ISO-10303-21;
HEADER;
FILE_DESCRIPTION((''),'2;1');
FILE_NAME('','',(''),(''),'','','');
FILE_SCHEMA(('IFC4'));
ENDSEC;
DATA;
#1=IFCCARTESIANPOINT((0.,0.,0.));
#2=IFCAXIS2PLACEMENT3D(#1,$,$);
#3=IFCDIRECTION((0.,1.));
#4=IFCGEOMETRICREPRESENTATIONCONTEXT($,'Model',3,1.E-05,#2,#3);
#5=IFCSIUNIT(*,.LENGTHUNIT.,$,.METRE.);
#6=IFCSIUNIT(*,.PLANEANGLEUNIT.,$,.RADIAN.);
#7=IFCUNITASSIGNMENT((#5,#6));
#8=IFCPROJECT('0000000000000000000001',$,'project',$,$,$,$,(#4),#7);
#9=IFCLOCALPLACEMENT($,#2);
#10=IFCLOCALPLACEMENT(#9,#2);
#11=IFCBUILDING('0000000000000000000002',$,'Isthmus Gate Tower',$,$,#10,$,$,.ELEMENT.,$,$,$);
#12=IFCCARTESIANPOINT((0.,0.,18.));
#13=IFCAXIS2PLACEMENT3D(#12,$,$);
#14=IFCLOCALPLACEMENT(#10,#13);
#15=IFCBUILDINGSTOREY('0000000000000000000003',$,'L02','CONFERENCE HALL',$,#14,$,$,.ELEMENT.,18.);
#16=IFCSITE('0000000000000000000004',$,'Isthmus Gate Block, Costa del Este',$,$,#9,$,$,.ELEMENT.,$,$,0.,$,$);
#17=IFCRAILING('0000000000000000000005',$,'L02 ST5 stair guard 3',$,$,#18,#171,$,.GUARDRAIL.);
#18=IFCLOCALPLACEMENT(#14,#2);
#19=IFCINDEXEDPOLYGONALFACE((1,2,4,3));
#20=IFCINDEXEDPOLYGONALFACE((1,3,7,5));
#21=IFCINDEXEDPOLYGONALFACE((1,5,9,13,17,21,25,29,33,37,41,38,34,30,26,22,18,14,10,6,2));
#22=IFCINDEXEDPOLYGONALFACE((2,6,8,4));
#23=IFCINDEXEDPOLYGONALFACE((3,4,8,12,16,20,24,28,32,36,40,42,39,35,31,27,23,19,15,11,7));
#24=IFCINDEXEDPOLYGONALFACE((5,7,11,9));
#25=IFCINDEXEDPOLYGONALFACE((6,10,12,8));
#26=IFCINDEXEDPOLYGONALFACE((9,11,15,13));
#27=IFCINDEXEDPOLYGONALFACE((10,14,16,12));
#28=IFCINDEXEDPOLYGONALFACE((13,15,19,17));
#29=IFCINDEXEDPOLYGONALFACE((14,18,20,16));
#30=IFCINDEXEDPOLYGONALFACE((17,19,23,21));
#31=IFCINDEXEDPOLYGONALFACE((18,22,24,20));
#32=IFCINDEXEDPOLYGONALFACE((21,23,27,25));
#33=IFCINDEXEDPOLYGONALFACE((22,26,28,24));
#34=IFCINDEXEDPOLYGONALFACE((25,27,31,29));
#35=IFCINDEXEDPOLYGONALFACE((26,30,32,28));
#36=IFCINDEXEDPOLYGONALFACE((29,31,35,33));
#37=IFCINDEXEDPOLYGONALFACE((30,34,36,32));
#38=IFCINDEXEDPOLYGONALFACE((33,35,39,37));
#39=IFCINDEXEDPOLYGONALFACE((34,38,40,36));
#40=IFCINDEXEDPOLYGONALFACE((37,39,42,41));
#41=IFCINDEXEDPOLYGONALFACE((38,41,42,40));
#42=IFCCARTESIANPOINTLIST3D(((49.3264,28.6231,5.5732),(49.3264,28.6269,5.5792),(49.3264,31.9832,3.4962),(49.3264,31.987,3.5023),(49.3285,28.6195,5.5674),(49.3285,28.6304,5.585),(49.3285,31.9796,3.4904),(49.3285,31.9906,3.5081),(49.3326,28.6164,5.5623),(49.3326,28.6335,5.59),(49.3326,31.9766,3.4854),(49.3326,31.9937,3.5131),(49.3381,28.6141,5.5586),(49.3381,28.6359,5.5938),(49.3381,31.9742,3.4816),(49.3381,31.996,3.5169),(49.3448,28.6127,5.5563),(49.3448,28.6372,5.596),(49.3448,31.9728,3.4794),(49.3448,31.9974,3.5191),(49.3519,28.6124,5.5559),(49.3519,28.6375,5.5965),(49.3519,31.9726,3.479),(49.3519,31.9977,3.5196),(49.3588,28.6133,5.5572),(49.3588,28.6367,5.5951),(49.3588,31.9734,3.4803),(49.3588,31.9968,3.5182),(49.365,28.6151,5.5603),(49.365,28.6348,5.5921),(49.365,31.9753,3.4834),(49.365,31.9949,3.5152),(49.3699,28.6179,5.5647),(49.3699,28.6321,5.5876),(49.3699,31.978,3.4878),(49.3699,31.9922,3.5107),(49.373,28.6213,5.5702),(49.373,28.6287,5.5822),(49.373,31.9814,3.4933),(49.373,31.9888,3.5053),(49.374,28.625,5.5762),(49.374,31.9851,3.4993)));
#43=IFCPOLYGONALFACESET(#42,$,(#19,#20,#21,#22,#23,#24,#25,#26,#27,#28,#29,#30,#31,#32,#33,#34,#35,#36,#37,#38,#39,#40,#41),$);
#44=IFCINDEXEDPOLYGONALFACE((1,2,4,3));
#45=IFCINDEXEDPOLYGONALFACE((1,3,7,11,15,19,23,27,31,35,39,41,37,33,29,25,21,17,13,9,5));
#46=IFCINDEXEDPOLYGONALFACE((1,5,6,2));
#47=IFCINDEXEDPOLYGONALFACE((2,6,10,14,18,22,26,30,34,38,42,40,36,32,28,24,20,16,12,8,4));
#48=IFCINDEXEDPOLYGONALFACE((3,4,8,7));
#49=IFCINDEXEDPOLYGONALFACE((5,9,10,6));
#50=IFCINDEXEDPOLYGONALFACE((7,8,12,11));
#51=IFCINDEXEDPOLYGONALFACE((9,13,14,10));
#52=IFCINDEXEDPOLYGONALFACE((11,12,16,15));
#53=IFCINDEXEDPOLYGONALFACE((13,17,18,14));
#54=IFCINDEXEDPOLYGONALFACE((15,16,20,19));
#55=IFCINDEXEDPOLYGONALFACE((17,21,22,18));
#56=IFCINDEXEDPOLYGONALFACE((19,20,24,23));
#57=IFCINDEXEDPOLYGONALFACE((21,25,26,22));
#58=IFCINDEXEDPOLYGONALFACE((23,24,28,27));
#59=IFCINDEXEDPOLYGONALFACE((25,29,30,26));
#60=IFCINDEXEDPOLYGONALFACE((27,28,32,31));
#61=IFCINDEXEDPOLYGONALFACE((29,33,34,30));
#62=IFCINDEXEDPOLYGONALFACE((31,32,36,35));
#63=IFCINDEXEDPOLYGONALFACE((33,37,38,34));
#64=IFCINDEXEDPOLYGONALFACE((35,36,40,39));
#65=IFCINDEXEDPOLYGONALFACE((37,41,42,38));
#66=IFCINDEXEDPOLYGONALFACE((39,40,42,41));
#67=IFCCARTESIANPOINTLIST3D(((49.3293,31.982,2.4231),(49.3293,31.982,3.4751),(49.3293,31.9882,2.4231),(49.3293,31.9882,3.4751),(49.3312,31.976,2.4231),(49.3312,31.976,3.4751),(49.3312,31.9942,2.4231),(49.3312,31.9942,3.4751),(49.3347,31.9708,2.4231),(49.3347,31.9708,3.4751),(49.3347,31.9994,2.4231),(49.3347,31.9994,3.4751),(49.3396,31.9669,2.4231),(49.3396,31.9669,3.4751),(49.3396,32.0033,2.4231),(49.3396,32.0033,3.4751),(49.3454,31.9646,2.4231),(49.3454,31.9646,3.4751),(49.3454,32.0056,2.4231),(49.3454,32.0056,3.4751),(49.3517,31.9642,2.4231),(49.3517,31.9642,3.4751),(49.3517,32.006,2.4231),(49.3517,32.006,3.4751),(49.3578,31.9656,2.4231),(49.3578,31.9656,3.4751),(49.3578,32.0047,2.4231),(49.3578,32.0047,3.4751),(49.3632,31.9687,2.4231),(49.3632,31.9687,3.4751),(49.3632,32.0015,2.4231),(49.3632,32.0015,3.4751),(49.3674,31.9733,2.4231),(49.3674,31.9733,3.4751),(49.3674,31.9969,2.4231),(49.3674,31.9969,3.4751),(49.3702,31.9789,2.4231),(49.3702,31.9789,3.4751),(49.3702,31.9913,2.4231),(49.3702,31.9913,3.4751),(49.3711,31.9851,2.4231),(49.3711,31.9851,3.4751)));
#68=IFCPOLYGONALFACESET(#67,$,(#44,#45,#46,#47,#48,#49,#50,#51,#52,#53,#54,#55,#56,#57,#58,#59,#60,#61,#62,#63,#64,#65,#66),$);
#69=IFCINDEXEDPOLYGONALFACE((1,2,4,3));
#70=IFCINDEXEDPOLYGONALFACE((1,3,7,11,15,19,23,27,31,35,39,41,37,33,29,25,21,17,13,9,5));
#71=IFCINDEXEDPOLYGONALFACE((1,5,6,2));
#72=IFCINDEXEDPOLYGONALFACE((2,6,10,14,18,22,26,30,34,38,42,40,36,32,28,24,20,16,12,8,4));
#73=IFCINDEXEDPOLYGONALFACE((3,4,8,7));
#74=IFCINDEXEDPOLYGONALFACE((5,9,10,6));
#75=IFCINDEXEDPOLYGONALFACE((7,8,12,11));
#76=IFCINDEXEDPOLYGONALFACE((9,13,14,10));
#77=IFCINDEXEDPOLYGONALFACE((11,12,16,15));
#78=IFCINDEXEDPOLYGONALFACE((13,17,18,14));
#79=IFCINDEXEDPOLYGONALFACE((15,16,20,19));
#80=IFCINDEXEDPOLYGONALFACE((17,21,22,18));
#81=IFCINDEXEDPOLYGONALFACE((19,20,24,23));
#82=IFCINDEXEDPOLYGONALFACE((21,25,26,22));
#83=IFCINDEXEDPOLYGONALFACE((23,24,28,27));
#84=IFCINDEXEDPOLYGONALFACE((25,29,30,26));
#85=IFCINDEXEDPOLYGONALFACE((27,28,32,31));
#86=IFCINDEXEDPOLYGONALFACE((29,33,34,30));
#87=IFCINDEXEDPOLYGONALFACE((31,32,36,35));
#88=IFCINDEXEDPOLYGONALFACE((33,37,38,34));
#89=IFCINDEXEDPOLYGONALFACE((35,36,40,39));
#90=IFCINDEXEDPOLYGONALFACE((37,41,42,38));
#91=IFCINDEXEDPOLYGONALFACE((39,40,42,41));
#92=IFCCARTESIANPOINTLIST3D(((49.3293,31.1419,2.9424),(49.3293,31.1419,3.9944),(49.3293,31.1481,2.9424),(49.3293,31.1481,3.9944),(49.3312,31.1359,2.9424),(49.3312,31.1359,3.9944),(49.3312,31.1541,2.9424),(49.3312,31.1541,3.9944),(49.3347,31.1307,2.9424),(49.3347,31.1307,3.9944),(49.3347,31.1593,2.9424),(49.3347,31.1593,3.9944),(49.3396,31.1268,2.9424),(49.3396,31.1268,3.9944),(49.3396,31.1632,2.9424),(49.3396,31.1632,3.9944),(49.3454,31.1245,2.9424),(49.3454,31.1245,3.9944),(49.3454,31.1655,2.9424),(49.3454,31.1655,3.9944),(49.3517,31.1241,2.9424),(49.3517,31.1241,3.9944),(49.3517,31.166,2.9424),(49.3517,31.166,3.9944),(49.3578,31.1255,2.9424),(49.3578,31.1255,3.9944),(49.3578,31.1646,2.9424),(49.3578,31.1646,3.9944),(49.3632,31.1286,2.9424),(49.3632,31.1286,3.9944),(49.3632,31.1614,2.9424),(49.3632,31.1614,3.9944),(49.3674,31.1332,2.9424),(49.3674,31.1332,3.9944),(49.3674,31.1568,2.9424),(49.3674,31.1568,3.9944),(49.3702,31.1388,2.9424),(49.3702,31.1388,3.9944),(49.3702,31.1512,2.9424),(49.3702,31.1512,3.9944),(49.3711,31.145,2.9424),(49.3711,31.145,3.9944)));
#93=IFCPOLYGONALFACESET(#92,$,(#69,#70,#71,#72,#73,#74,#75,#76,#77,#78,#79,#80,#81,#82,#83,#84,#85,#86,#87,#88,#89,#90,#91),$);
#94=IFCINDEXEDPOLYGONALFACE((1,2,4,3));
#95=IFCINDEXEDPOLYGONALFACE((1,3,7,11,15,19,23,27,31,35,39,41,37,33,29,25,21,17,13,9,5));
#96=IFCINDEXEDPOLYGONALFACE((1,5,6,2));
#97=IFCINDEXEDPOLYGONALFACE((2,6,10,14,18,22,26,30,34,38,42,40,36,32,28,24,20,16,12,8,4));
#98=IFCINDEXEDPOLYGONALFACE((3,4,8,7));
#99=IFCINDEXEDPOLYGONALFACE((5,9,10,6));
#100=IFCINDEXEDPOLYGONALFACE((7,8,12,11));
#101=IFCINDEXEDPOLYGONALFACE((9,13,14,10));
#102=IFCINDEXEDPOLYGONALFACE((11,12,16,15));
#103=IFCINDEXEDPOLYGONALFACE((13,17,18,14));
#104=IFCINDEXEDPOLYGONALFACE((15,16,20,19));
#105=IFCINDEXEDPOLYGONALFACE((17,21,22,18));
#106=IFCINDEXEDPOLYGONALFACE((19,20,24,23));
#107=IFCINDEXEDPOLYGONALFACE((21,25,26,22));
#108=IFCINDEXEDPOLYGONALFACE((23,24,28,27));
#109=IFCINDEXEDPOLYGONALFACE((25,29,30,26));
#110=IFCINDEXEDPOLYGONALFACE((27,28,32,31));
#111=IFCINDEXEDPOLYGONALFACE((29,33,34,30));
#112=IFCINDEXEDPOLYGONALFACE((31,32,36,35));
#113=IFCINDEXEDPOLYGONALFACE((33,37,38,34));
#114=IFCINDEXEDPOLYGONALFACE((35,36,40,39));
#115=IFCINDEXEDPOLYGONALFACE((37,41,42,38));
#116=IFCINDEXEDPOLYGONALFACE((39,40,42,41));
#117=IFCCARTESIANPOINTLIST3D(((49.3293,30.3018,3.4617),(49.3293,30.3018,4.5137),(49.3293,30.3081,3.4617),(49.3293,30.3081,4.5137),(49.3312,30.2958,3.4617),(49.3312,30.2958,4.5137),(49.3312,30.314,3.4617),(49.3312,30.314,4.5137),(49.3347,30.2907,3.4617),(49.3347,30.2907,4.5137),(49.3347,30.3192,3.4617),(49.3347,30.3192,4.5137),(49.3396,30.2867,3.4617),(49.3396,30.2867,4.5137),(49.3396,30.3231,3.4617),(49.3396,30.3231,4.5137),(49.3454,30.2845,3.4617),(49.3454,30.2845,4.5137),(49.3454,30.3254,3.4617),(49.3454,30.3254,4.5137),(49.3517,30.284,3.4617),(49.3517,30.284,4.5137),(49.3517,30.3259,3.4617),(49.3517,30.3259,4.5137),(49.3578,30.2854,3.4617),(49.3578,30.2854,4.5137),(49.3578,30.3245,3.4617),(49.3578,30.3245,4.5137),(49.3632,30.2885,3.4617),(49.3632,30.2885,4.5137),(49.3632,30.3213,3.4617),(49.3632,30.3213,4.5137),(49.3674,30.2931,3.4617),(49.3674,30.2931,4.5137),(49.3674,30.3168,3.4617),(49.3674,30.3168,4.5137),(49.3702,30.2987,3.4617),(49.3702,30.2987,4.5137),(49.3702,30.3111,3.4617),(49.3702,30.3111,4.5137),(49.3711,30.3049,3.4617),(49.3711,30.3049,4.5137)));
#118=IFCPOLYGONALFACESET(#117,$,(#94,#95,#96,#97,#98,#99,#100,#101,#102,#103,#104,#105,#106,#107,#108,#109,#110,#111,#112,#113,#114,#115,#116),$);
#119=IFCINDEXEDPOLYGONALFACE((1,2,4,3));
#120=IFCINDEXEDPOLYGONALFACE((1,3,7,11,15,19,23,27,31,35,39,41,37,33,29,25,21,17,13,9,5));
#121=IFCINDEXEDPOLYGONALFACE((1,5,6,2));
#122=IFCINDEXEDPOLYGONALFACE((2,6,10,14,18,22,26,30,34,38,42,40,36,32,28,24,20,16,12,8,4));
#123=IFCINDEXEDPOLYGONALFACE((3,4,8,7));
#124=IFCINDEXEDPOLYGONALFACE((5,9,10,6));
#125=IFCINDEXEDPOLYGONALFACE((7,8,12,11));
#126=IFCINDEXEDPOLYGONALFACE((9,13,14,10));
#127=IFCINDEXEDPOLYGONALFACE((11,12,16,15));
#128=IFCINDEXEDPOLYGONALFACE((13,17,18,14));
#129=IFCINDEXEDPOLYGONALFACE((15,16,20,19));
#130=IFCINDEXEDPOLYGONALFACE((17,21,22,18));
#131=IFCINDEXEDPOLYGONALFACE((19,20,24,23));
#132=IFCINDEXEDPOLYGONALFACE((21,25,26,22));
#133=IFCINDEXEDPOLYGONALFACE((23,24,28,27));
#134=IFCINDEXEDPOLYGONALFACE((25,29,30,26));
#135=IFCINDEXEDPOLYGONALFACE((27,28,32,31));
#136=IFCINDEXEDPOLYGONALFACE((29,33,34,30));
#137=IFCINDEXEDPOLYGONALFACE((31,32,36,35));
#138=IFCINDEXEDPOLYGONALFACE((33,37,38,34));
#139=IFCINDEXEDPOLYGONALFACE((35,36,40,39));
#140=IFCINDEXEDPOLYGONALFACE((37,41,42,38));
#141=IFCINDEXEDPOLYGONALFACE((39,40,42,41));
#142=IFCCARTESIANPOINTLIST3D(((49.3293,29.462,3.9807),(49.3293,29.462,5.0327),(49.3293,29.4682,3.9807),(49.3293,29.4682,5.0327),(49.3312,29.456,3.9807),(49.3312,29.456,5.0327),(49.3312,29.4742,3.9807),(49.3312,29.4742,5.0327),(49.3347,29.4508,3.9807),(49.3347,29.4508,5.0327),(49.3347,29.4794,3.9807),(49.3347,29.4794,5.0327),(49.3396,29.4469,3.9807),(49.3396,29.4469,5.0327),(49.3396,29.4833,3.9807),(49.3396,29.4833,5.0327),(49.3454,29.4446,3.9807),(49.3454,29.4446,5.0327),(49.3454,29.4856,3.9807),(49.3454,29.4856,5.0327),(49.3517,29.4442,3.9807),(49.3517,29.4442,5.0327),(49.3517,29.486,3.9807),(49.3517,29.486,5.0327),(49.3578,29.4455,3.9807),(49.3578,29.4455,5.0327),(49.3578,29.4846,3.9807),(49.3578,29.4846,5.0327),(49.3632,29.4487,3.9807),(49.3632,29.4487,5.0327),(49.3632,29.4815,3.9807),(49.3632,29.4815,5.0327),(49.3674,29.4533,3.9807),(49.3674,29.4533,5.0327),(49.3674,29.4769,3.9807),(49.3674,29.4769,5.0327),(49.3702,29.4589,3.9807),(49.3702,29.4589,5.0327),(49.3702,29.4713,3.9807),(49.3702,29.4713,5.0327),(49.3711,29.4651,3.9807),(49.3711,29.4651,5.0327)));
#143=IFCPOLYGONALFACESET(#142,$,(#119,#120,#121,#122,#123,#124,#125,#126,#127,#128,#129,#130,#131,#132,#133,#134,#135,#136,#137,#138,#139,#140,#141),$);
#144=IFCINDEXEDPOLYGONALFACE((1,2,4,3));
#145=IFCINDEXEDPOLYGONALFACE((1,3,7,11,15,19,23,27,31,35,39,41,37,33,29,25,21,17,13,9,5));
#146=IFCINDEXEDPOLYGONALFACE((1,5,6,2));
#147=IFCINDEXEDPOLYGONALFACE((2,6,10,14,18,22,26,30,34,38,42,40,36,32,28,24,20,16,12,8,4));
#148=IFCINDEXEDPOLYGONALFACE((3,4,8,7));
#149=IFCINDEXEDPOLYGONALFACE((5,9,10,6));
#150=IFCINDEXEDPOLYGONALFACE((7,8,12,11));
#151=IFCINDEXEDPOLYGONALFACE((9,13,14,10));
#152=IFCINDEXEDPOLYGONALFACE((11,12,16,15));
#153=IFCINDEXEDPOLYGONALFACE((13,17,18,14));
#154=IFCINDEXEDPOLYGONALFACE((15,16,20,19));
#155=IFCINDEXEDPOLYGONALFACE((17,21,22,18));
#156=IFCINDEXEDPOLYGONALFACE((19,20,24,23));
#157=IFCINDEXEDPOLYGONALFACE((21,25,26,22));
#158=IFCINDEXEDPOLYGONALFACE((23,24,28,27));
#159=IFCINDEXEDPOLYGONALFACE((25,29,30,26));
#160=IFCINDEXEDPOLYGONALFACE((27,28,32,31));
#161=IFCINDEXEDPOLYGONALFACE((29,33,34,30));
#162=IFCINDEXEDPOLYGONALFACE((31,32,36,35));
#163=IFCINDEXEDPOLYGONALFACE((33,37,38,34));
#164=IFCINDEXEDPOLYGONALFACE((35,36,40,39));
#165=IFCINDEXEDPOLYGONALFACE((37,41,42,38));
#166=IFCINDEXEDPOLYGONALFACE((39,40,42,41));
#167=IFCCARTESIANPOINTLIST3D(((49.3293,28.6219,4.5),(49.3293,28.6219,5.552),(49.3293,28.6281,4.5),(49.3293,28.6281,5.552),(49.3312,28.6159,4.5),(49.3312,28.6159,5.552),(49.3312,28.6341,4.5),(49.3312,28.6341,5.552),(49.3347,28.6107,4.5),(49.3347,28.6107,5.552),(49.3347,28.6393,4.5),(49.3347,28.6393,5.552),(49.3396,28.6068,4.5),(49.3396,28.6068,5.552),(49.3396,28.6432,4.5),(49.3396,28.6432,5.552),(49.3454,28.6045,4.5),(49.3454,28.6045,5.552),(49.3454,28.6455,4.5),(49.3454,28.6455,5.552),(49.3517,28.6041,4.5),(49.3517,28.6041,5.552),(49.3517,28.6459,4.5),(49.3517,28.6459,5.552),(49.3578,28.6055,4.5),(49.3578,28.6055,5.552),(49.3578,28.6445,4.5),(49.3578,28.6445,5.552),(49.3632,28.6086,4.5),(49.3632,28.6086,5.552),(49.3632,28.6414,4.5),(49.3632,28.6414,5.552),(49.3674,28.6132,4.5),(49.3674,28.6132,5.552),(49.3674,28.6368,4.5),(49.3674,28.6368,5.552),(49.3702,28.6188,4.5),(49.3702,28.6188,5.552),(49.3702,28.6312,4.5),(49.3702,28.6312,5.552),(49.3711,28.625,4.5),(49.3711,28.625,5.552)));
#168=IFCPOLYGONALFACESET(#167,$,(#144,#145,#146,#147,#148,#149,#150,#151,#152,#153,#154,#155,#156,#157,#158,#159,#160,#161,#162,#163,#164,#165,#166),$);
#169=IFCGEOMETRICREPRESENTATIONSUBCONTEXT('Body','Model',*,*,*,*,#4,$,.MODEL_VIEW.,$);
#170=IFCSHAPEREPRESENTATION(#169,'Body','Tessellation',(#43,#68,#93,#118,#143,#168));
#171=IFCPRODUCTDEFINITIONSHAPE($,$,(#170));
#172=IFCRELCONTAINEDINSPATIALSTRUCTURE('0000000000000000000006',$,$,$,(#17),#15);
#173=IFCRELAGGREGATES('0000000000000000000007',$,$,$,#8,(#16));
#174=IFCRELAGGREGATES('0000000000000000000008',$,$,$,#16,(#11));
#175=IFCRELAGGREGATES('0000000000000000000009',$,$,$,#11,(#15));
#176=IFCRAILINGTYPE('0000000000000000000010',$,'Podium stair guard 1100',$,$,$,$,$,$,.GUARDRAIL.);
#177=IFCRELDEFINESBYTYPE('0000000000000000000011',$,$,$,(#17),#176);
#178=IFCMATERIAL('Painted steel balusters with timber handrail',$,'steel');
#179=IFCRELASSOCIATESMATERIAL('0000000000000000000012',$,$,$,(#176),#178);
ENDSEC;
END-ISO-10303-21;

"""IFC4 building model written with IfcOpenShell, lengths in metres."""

from ifc_helpers import new_model, si_unit, direction, frame, origin, origin_2d, place, context, subcontext, project, spatial, circle, extrude, material, type_object, element, save


model = new_model("IFC4")

# Units and contexts
model_context = context("Model", 3, precision=1e-05, world=origin(), true_north=direction((0.0, 1.0)))
body_context = subcontext(model_context, "Body", "Model", "MODEL_VIEW")
ifc_project = project(units=[si_unit("LENGTHUNIT", "METRE"), si_unit("PLANEANGLEUNIT", "RADIAN")], contexts=[model_context])

# Site, building, storey
site_placement = place(None, origin())
site = spatial("IfcSite", under=ifc_project, at=site_placement, Name="Isthmus Gate Block, Costa del Este", CompositionType="ELEMENT", RefElevation=0.0)
building_placement = place(site_placement, origin())
building = spatial("IfcBuilding", under=site, at=building_placement, Name="Isthmus Gate Tower", CompositionType="ELEMENT")
storey_placement = place(building_placement, frame((0.0, 0.0, 18.0)))
storey = spatial("IfcBuildingStorey", under=building, at=storey_placement, Name="L02", Description="CONFERENCE HALL", CompositionType="ELEMENT", Elevation=18.0)

# Railing
ifc_material_1 = material(Name="Painted steel balusters with timber handrail", Category="steel")
railing_type = type_object("IfcRailingType", Name="Podium stair guard 1100", PredefinedType="GUARDRAIL", material=ifc_material_1)
railing_1_placement = place(storey_placement, frame((49.3501, 31.9851, 2.4231)))
element("IfcRailing", 1, at=railing_1_placement, inside=storey, type_object=railing_type, Name="L02 ST5 stair guard 3", PredefinedType="GUARDRAIL", context=body_context, shape_type="SweptSolid", body=[
    extrude(circle(Radius=0.0239, at=origin_2d()), frame((0.0, 0.0, 1.0762), z_axis=(0.0, -0.850623, 0.525776), x_axis=(1.0, 0.0, 0.0)), (0.0, 0.0, 1.0), 3.9502),
    extrude(circle(Radius=0.021, at=origin_2d()), origin(), (0.0, 0.0, 1.0), 1.052),
    extrude(circle(Radius=0.021, at=origin_2d()), frame((0.0, -0.8401, 0.5193)), (0.0, 0.0, 1.0), 1.052),
    extrude(circle(Radius=0.021, at=origin_2d()), frame((0.0, -1.6802, 1.0386)), (0.0, 0.0, 1.0), 1.052),
    extrude(circle(Radius=0.021, at=origin_2d()), frame((0.0, -2.52, 1.5576)), (0.0, 0.0, 1.0), 1.052),
    extrude(circle(Radius=0.021, at=origin_2d()), frame((0.0, -3.3601, 2.0769)), (0.0, 0.0, 1.0), 1.052),
])

save(model, "model.ifc")
